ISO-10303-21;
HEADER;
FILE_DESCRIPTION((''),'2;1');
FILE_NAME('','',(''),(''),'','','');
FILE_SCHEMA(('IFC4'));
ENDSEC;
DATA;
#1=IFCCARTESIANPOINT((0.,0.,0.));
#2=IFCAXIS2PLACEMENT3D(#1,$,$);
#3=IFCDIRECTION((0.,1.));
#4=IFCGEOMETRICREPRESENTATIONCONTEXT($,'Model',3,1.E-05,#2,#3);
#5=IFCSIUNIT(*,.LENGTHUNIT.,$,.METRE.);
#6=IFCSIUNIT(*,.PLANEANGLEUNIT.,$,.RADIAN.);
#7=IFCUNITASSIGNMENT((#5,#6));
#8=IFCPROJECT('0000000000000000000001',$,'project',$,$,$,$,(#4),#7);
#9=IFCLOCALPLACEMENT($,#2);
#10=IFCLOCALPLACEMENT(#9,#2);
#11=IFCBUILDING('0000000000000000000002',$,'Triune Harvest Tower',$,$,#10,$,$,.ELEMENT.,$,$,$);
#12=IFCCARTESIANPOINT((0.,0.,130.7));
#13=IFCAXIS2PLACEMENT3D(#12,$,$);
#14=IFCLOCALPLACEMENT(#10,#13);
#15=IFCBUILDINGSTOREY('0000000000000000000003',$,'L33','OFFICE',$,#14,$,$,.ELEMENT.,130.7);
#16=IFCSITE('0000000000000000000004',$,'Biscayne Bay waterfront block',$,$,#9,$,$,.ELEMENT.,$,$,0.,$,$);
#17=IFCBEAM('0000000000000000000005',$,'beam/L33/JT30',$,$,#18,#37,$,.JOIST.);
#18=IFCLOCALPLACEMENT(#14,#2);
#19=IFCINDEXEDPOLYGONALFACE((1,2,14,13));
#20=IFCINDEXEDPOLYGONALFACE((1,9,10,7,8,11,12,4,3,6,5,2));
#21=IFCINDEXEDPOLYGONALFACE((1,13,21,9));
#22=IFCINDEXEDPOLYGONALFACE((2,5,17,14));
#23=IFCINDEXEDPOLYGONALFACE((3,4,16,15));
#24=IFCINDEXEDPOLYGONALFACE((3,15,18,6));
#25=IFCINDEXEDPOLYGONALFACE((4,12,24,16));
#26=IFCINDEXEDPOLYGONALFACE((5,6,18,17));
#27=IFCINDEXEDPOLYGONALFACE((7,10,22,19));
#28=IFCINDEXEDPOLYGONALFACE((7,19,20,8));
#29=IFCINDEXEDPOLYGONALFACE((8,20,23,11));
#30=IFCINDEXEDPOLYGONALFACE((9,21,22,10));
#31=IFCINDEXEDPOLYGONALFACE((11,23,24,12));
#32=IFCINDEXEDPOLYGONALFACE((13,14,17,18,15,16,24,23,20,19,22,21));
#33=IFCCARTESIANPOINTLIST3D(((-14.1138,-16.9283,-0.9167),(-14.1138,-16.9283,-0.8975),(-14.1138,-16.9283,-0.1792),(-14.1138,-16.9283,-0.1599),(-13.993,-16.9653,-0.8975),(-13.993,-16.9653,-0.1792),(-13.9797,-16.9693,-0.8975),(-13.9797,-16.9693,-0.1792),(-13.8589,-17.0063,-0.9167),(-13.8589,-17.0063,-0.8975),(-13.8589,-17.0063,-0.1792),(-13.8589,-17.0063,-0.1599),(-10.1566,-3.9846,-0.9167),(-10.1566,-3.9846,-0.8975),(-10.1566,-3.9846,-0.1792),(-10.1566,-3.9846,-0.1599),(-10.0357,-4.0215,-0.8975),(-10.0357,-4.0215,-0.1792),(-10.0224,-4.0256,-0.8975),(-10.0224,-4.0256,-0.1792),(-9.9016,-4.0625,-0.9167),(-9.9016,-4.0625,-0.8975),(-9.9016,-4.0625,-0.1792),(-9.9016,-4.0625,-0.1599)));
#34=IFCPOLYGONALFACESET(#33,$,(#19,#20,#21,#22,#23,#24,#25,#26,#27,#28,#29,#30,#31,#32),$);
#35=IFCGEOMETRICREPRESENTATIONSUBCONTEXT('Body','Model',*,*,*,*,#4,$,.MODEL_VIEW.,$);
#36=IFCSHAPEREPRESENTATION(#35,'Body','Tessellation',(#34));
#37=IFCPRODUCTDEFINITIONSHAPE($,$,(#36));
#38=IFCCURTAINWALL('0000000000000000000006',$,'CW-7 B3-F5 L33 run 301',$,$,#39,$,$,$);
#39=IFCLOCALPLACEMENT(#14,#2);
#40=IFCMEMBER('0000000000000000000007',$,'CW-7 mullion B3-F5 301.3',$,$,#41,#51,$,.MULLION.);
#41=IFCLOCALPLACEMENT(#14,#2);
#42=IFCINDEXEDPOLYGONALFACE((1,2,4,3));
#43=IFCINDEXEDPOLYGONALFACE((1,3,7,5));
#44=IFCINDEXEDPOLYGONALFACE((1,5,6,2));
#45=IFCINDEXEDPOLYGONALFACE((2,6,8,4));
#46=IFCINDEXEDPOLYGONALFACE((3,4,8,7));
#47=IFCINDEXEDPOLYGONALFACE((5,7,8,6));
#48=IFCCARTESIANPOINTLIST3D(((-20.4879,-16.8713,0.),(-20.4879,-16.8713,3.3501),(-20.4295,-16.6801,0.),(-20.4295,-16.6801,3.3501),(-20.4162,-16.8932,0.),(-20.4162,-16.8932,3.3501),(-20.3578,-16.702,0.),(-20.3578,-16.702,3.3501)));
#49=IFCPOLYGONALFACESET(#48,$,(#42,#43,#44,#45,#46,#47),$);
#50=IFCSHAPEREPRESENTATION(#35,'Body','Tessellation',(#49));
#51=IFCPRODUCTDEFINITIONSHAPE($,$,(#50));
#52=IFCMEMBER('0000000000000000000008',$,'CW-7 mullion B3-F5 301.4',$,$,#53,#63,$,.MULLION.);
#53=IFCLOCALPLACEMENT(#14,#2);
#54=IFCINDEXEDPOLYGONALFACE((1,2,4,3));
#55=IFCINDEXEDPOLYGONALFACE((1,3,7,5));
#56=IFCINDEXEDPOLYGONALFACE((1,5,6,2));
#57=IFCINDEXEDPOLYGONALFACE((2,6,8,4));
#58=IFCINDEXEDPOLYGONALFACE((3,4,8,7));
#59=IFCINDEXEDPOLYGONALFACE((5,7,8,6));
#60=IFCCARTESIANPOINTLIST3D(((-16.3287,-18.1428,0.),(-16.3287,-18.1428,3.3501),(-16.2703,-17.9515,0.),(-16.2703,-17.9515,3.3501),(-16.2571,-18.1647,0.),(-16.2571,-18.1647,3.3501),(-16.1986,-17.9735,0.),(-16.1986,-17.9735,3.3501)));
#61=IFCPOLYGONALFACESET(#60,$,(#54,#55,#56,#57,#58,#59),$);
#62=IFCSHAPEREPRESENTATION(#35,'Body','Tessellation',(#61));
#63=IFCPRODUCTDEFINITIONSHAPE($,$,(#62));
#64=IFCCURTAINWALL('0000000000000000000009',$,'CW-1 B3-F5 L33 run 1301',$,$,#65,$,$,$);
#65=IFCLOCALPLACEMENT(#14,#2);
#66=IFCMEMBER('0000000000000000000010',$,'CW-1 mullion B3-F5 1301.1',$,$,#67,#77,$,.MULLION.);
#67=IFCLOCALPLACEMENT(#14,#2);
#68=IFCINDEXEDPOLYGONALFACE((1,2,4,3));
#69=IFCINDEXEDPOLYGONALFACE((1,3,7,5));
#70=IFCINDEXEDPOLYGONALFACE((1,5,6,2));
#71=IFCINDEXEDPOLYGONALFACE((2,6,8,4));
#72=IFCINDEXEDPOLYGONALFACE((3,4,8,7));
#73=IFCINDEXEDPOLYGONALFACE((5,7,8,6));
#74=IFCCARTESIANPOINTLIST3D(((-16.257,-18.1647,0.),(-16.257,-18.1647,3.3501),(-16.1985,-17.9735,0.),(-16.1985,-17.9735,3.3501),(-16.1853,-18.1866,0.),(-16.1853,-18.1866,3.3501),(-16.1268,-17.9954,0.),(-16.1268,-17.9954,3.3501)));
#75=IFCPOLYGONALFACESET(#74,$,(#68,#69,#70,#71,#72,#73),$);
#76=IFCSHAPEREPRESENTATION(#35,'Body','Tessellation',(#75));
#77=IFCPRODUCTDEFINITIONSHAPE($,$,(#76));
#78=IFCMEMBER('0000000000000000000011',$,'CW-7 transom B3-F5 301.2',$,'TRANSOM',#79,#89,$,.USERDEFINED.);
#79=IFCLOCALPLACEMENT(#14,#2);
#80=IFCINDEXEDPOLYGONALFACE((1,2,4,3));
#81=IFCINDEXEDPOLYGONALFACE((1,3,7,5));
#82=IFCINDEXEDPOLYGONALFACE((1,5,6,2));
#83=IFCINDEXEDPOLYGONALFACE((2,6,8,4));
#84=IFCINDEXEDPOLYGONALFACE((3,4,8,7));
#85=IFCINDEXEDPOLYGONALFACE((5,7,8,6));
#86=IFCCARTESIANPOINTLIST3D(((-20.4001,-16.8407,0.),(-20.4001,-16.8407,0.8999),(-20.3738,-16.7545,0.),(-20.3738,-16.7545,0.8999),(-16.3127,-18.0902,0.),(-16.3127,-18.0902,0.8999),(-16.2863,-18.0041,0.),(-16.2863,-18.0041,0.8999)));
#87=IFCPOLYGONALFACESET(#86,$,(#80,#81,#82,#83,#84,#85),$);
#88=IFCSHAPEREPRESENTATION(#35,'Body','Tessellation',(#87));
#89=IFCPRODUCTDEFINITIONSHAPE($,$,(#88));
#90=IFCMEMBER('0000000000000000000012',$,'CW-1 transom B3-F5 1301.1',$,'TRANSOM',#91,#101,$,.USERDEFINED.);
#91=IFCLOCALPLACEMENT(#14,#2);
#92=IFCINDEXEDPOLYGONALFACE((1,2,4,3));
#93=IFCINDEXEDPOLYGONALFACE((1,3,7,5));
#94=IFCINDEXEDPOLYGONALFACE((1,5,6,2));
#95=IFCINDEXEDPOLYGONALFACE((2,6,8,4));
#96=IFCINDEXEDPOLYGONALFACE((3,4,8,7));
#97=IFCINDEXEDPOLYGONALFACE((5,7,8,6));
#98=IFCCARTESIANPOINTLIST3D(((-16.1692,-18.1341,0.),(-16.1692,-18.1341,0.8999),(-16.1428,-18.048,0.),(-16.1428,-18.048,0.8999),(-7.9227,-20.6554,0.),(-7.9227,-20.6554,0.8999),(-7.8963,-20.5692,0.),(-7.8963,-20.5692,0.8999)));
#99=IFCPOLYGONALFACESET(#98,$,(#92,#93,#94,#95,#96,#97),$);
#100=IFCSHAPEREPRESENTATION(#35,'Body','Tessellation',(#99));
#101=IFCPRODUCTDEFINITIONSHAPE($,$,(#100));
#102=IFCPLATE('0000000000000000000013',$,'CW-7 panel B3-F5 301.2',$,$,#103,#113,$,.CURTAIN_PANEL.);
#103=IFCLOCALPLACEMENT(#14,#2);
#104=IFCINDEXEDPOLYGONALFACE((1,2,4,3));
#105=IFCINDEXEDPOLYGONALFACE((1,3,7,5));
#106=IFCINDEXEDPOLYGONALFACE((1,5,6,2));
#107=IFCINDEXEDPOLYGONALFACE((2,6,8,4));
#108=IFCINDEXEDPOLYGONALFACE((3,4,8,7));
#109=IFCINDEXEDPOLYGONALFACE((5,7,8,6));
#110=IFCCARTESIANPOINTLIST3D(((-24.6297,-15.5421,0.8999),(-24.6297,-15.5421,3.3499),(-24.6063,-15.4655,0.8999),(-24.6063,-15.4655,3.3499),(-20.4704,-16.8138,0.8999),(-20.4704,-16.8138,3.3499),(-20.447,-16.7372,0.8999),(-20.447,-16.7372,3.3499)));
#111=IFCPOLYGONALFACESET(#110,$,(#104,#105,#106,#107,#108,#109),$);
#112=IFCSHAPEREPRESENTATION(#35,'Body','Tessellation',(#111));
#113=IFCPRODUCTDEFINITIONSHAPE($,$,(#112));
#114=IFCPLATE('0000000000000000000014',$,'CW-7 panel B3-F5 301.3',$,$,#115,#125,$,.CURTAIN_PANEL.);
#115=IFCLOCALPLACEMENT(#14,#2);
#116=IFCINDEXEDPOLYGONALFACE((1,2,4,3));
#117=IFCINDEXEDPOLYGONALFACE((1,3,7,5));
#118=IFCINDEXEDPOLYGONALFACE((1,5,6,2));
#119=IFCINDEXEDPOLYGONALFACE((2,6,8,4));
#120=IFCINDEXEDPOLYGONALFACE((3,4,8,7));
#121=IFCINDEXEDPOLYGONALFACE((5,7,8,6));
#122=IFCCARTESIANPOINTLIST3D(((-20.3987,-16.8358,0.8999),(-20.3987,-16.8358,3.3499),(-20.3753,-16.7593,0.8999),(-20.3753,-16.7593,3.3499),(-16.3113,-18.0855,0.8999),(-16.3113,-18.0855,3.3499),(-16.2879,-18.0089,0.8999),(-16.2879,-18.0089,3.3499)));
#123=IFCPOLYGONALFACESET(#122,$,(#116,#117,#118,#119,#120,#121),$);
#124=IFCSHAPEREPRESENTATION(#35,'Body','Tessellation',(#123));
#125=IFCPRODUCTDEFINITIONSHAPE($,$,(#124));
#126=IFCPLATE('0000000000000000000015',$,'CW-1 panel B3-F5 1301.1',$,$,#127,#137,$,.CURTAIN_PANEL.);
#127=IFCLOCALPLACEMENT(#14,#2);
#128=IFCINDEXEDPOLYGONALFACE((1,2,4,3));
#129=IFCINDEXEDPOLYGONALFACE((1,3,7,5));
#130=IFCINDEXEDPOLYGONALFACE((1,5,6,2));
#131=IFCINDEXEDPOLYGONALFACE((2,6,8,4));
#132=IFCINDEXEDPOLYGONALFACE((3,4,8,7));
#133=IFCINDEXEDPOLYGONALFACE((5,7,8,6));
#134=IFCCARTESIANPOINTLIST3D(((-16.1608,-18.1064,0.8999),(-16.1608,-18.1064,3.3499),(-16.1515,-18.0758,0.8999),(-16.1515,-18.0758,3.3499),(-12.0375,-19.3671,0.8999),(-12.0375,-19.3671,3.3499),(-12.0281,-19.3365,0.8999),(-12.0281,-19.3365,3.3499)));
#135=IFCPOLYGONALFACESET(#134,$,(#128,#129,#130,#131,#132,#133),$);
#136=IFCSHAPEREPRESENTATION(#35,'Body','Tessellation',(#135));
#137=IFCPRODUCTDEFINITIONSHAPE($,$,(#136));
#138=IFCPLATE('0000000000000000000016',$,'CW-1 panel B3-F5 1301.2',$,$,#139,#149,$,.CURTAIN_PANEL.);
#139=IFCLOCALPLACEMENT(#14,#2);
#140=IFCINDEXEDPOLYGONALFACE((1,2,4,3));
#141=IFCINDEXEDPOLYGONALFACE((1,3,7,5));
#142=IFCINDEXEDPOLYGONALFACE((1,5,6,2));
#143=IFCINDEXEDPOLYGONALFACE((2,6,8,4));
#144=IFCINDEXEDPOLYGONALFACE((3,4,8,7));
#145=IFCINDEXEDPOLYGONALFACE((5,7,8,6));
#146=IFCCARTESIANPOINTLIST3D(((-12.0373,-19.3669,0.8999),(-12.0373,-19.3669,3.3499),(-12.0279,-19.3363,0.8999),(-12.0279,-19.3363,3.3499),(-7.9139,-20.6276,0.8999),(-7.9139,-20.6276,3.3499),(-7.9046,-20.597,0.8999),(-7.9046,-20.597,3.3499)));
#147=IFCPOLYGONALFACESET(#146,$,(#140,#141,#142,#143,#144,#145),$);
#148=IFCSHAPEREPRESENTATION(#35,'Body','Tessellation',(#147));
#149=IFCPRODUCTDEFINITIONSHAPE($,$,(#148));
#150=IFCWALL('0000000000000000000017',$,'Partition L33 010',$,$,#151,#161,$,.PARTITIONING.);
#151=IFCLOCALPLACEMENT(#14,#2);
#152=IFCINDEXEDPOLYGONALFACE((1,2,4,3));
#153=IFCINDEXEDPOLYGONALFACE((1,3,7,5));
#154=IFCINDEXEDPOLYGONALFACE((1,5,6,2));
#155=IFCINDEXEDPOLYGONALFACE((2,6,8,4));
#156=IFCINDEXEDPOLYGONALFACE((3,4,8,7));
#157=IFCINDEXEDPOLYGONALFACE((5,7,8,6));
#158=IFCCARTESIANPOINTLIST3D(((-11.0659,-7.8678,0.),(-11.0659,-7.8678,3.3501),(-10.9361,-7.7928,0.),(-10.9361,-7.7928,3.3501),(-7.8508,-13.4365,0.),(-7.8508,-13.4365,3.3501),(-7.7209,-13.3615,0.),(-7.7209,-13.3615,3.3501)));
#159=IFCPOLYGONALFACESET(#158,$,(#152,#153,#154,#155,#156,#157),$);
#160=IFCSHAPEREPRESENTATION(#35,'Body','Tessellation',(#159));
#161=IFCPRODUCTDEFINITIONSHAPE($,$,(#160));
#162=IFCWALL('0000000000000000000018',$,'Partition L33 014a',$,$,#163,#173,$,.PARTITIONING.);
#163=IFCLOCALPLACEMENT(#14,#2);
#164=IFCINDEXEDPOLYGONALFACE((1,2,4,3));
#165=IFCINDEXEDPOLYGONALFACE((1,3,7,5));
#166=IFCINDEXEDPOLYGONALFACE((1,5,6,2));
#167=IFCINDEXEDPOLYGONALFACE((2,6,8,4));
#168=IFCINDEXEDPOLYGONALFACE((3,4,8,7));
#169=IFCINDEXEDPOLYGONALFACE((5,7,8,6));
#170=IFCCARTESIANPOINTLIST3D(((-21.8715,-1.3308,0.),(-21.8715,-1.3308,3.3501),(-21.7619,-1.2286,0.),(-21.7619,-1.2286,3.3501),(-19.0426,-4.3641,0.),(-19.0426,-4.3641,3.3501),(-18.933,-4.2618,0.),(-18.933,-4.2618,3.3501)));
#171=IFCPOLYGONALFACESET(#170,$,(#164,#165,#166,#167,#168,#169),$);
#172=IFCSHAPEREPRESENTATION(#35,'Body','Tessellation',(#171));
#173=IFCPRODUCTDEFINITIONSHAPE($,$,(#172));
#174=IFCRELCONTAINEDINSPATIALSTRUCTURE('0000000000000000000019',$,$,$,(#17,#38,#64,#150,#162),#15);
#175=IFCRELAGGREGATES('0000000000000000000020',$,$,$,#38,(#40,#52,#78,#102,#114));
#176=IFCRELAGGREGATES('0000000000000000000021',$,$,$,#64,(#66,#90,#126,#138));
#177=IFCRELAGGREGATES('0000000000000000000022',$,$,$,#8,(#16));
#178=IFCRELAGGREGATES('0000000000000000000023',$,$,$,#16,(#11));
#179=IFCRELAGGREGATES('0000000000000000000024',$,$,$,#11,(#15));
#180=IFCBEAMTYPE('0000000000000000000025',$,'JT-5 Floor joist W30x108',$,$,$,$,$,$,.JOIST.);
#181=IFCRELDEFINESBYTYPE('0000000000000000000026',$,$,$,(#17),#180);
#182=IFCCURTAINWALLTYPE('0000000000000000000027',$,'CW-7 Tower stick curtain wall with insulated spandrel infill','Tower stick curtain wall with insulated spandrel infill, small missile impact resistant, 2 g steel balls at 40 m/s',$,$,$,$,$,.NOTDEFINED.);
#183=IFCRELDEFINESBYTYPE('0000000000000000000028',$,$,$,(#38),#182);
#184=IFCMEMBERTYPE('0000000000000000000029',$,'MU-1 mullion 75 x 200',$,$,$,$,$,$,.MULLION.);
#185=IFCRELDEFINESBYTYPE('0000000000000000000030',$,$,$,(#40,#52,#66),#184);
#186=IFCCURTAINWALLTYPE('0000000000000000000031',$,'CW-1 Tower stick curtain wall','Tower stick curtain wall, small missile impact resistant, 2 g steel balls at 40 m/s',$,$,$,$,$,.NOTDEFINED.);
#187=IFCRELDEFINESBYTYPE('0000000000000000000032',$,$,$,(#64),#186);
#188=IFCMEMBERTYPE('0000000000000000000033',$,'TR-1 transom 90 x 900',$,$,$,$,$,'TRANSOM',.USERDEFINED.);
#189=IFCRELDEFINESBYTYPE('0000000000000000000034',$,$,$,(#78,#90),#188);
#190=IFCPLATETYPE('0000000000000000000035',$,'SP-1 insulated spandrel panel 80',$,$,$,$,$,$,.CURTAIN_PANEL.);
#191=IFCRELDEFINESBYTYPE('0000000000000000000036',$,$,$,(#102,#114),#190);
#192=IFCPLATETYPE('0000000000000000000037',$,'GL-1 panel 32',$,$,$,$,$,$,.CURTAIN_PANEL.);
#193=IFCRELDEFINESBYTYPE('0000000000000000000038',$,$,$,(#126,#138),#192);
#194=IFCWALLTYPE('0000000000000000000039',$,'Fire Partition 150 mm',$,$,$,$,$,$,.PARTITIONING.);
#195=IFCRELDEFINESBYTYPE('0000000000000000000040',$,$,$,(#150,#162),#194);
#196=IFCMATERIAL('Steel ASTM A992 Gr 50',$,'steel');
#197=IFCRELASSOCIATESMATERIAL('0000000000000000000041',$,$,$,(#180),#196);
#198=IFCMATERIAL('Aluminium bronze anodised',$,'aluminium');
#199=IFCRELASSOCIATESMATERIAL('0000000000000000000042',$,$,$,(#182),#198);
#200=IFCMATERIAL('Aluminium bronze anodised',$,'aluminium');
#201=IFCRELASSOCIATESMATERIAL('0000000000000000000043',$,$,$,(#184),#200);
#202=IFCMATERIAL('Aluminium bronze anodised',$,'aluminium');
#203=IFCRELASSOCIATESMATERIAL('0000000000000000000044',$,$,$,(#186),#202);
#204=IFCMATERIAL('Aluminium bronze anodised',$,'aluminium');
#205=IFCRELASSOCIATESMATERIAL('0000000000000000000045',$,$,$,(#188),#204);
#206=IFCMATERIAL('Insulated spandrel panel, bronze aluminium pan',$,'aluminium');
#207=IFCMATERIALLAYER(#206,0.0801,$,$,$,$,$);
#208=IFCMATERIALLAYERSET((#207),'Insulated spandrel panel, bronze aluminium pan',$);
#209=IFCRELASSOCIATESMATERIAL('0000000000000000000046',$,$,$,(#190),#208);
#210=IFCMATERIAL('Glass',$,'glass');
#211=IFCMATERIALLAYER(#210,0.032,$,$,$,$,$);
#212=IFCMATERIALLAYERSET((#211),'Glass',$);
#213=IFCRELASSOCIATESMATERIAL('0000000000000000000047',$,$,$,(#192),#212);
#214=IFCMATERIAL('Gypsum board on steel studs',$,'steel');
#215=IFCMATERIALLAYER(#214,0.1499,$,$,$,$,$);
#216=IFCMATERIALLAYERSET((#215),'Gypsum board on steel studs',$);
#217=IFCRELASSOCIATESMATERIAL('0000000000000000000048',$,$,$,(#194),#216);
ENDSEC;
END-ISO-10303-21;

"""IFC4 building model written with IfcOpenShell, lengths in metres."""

from ifc_helpers import new_model, si_unit, direction, frame, frame_2d, origin, origin_2d, place, context, subcontext, project, spatial, rectangle, i_section, extrude, source, transform, mapped, material, layer, layer_set, material_profile, profile_set, type_object, element, aggregate, save


model = new_model("IFC4")

# Units and contexts
model_context = context("Model", 3, precision=1e-05, world=origin(), true_north=direction((0.0, 1.0)))
body_context = subcontext(model_context, "Body", "Model", "MODEL_VIEW")
ifc_project = project(units=[si_unit("LENGTHUNIT", "METRE"), si_unit("PLANEANGLEUNIT", "RADIAN")], contexts=[model_context])

# Site, building, storey
site_placement = place(None, origin())
site = spatial("IfcSite", under=ifc_project, at=site_placement, Name="Biscayne Bay waterfront block", CompositionType="ELEMENT", RefElevation=0.0)
building_placement = place(site_placement, origin())
building = spatial("IfcBuilding", under=site, at=building_placement, Name="Triune Harvest Tower", CompositionType="ELEMENT")
storey_placement = place(building_placement, frame((0.0, 0.0, 130.7)))
storey = spatial("IfcBuildingStorey", under=building, at=storey_placement, Name="L33", Description="OFFICE", CompositionType="ELEMENT", Elevation=130.7)

# Beam
ifc_material_1 = material(Name="Steel ASTM A992 Gr 50", Category="steel")
ifc_material_profile_1 = material_profile(ifc_material_1, i_section(OverallWidth=0.2666, OverallDepth=0.7568, WebThickness=0.0139, FlangeThickness=0.0193, at=origin_2d()), Name="W30x108")
ifc_profile_set_1 = profile_set([ifc_material_profile_1], Name="Steel ASTM A992 Gr 50")
beam_type_1 = type_object("IfcBeamType", Name="JT-5 Floor joist W30x108", PredefinedType="JOIST", material=ifc_profile_set_1)
shared_shape_1 = source(origin(), body_context, "Body", "SweptSolid", [
    extrude(i_section(OverallWidth=0.2666, OverallDepth=0.7568, WebThickness=0.0139, FlangeThickness=0.0193, at=origin_2d()), origin(), (0.0, 0.0, 1.0), 13.5352),
])
beam_1_placement = place(storey_placement, frame((-13.9863, -16.9673, -0.5383), z_axis=(0.292368, 0.956306, 0.0), x_axis=(-0.956306, 0.292368, 0.0)))
element("IfcBeam", 1, at=beam_1_placement, inside=storey, type_object=beam_type_1, Name="beam/L33/JT30", PredefinedType="JOIST", context=body_context, shape_type="MappedRepresentation", body=[
    mapped(shared_shape_1, transform((0.0, 0.0, 0.0), scale=1.0)),
])

# Curtain wall, members
ifc_material_2 = material(Name="Aluminium bronze anodised", Category="aluminium")
curtain_wall_type_1 = type_object("IfcCurtainWallType", Name="CW-7 Tower stick curtain wall with insulated spandrel infill", Description="Tower stick curtain wall with insulated spandrel infill, small missile impact resistant, 2 g steel balls at 40 m/s", PredefinedType="NOTDEFINED", material=ifc_material_2)
curtain_wall_1_placement = place(storey_placement, origin())
curtain_wall_1 = element("IfcCurtainWall", 2, at=curtain_wall_1_placement, inside=storey, type_object=curtain_wall_type_1, Name="CW-7 B3-F5 L33 run 301")
ifc_material_3 = material(Name="Aluminium bronze anodised", Category="aluminium")
ifc_material_profile_2 = material_profile(ifc_material_3, rectangle(XDim=0.2, YDim=0.075, at=origin_2d()), Name="MU-1 mullion 75 x 200")
ifc_profile_set_2 = profile_set([ifc_material_profile_2], Name="Aluminium bronze anodised")
member_type_1 = type_object("IfcMemberType", Name="MU-1 mullion 75 x 200", PredefinedType="MULLION", material=ifc_profile_set_2)
shared_shape_2 = source(origin(), body_context, "Body", "SweptSolid", [
    extrude(rectangle(XDim=0.2, YDim=0.075, at=origin_2d()), origin(), (0.0, 0.0, 1.0), 3.3501),
])
member_1_placement = place(storey_placement, frame((-20.4229, -16.7866, 0.0), z_axis=(0.0, 0.0, 1.0), x_axis=(0.292371, 0.956305, 0.0)))
member_1 = element("IfcMember", 3, at=member_1_placement, type_object=member_type_1, Name="CW-7 mullion B3-F5 301.3", PredefinedType="MULLION", context=body_context, shape_type="MappedRepresentation", body=[
    mapped(shared_shape_2, transform((0.0, 0.0, 0.0), scale=1.0)),
])
member_2_placement = place(storey_placement, frame((-16.2637, -18.0581, 0.0), z_axis=(0.0, 0.0, 1.0), x_axis=(0.292371, 0.956305, 0.0)))
member_2 = element("IfcMember", 4, at=member_2_placement, type_object=member_type_1, Name="CW-7 mullion B3-F5 301.4", PredefinedType="MULLION", context=body_context, shape_type="MappedRepresentation", body=[
    mapped(shared_shape_2, transform((0.0, 0.0, 0.0), scale=1.0)),
])

# Curtain wall, member
ifc_material_4 = material(Name="Aluminium bronze anodised", Category="aluminium")
curtain_wall_type_2 = type_object("IfcCurtainWallType", Name="CW-1 Tower stick curtain wall", Description="Tower stick curtain wall, small missile impact resistant, 2 g steel balls at 40 m/s", PredefinedType="NOTDEFINED", material=ifc_material_4)
curtain_wall_2_placement = place(storey_placement, origin())
curtain_wall_2 = element("IfcCurtainWall", 5, at=curtain_wall_2_placement, inside=storey, type_object=curtain_wall_type_2, Name="CW-1 B3-F5 L33 run 1301")
member_3_placement = place(storey_placement, frame((-16.1919, -18.0801, 0.0), z_axis=(0.0, 0.0, 1.0), x_axis=(0.292378, 0.956303, 0.0)))
member_3 = element("IfcMember", 6, at=member_3_placement, type_object=member_type_1, Name="CW-1 mullion B3-F5 1301.1", PredefinedType="MULLION", context=body_context, shape_type="MappedRepresentation", body=[
    mapped(shared_shape_2, transform((0.0, 0.0, 0.0), scale=1.0)),
])

# Members
ifc_material_5 = material(Name="Aluminium bronze anodised", Category="aluminium")
ifc_material_profile_3 = material_profile(ifc_material_5, rectangle(XDim=0.0901, YDim=0.8999, at=origin_2d()), Name="TR-1 transom 90 x 900")
ifc_profile_set_3 = profile_set([ifc_material_profile_3], Name="Aluminium bronze anodised")
member_type_2 = type_object("IfcMemberType", Name="TR-1 transom 90 x 900", ElementType="TRANSOM", PredefinedType="USERDEFINED", material=ifc_profile_set_3)
shared_shape_3 = source(origin(), body_context, "Body", "SweptSolid", [
    extrude(rectangle(XDim=0.0901, YDim=0.8999, at=origin_2d()), origin(), (0.0, 0.0, 1.0), 4.2742),
])
member_4_placement = place(storey_placement, frame((-20.387, -16.7976, 0.45), z_axis=(0.956313, -0.292343, 0.0), x_axis=(0.292343, 0.956313, 0.0)))
member_4 = element("IfcMember", 7, at=member_4_placement, type_object=member_type_2, Name="CW-7 transom B3-F5 301.2", ObjectType="TRANSOM", PredefinedType="USERDEFINED", context=body_context, shape_type="MappedRepresentation", body=[
    mapped(shared_shape_3, transform((0.0, 0.0, 0.0), scale=1.0)),
])
shared_shape_4 = source(origin(), body_context, "Body", "SweptSolid", [
    extrude(rectangle(XDim=0.0901, YDim=0.8999, at=origin_2d()), origin(), (0.0, 0.0, 1.0), 8.6233),
])
member_5_placement = place(storey_placement, frame((-16.156, -18.0911, 0.45), z_axis=(0.956305, -0.292372, 0.0), x_axis=(0.292372, 0.956305, 0.0)))
member_5 = element("IfcMember", 8, at=member_5_placement, type_object=member_type_2, Name="CW-1 transom B3-F5 1301.1", ObjectType="TRANSOM", PredefinedType="USERDEFINED", context=body_context, shape_type="MappedRepresentation", body=[
    mapped(shared_shape_4, transform((0.0, 0.0, 0.0), scale=1.0)),
])

# Plates
ifc_material_6 = material(Name="Insulated spandrel panel, bronze aluminium pan", Category="aluminium")
ifc_layer_1 = layer(ifc_material_6, 0.0801)
ifc_layer_set_1 = layer_set([ifc_layer_1], Name="Insulated spandrel panel, bronze aluminium pan")
plate_type_1 = type_object("IfcPlateType", Name="SP-1 insulated spandrel panel 80", PredefinedType="CURTAIN_PANEL", material=ifc_layer_set_1)
shared_shape_5 = source(origin(), body_context, "Body", "SweptSolid", [
    extrude(rectangle(XDim=4.3494, YDim=0.0801, at=origin_2d()), origin(), (0.0, 0.0, 1.0), 2.45),
])
plate_1_placement = place(storey_placement, frame((-22.5383, -16.1396, 0.8999), z_axis=(0.0, 0.0, 1.0), x_axis=(0.956305, -0.292371, 0.0)))
plate_1 = element("IfcPlate", 9, at=plate_1_placement, type_object=plate_type_1, Name="CW-7 panel B3-F5 301.2", PredefinedType="CURTAIN_PANEL", context=body_context, shape_type="MappedRepresentation", body=[
    mapped(shared_shape_5, transform((0.0, 0.0, 0.0), scale=1.0)),
])
shared_shape_6 = source(origin(), body_context, "Body", "SweptSolid", [
    extrude(rectangle(XDim=4.2742, YDim=0.0801, at=origin_2d()), origin(), (0.0, 0.0, 1.0), 2.45),
])
plate_2_placement = place(storey_placement, frame((-18.3433, -17.4224, 0.8999), z_axis=(0.0, 0.0, 1.0), x_axis=(0.956305, -0.292371, 0.0)))
plate_2 = element("IfcPlate", 10, at=plate_2_placement, type_object=plate_type_1, Name="CW-7 panel B3-F5 301.3", PredefinedType="CURTAIN_PANEL", context=body_context, shape_type="MappedRepresentation", body=[
    mapped(shared_shape_6, transform((0.0, 0.0, 0.0), scale=1.0)),
])
aggregate(curtain_wall_1, [member_1, member_2, member_4, plate_1, plate_2])
ifc_material_7 = material(Name="Glass", Category="glass")
ifc_layer_2 = layer(ifc_material_7, 0.032)
ifc_layer_set_2 = layer_set([ifc_layer_2], Name="Glass")
plate_type_2 = type_object("IfcPlateType", Name="GL-1 panel 32", PredefinedType="CURTAIN_PANEL", material=ifc_layer_set_2)
shared_shape_7 = source(origin(), body_context, "Body", "SweptSolid", [
    extrude(rectangle(XDim=4.3118, YDim=0.032, at=origin_2d()), origin(), (0.0, 0.0, 1.0), 2.45),
])
plate_3_placement = place(storey_placement, frame((-14.0945, -18.7214, 0.8999), z_axis=(0.0, 0.0, 1.0), x_axis=(0.956303, -0.292378, 0.0)))
plate_3 = element("IfcPlate", 11, at=plate_3_placement, type_object=plate_type_2, Name="CW-1 panel B3-F5 1301.1", PredefinedType="CURTAIN_PANEL", context=body_context, shape_type="MappedRepresentation", body=[
    mapped(shared_shape_7, transform((0.0, 0.0, 0.0), scale=1.0)),
])
plate_4_placement = place(storey_placement, frame((-9.9709, -19.9819, 0.8999), z_axis=(0.0, 0.0, 1.0), x_axis=(0.956303, -0.292378, 0.0)))
plate_4 = element("IfcPlate", 12, at=plate_4_placement, type_object=plate_type_2, Name="CW-1 panel B3-F5 1301.2", PredefinedType="CURTAIN_PANEL", context=body_context, shape_type="MappedRepresentation", body=[
    mapped(shared_shape_7, transform((0.0, 0.0, 0.0), scale=1.0)),
])
aggregate(curtain_wall_2, [member_3, member_5, plate_3, plate_4])

# Walls
ifc_material_8 = material(Name="Gypsum board on steel studs", Category="steel")
ifc_layer_3 = layer(ifc_material_8, 0.1499)
ifc_layer_set_3 = layer_set([ifc_layer_3], Name="Gypsum board on steel studs")
wall_type_1 = type_object("IfcWallType", Name="Fire Partition 150 mm", PredefinedType="PARTITIONING", material=ifc_layer_set_3)
wall_1_placement = place(storey_placement, frame((-11.001, -7.8303, 0.0), z_axis=(0.0, 0.0, 1.0), x_axis=(0.500006, -0.866022, 0.0)))
element("IfcWall", 13, at=wall_1_placement, inside=storey, type_object=wall_type_1, Name="Partition L33 010", PredefinedType="PARTITIONING", context=body_context, shape_type="SweptSolid", body=[
    extrude(rectangle(XDim=6.4302, YDim=0.1499, at=frame_2d((3.2151, 0.0))), origin(), (0.0, 0.0, 1.0), 3.3501),
])
wall_2_placement = place(storey_placement, frame((-21.8167, -1.2798, 0.0), z_axis=(0.0, 0.0, 1.0), x_axis=(0.682043, -0.731312, 0.0)))
element("IfcWall", 14, at=wall_2_placement, inside=storey, type_object=wall_type_1, Name="Partition L33 014a", PredefinedType="PARTITIONING", context=body_context, shape_type="SweptSolid", body=[
    extrude(rectangle(XDim=4.1477, YDim=0.1499, at=frame_2d((2.0737, 0.0))), origin(), (0.0, 0.0, 1.0), 3.3501),
])

save(model, "model.ifc")
